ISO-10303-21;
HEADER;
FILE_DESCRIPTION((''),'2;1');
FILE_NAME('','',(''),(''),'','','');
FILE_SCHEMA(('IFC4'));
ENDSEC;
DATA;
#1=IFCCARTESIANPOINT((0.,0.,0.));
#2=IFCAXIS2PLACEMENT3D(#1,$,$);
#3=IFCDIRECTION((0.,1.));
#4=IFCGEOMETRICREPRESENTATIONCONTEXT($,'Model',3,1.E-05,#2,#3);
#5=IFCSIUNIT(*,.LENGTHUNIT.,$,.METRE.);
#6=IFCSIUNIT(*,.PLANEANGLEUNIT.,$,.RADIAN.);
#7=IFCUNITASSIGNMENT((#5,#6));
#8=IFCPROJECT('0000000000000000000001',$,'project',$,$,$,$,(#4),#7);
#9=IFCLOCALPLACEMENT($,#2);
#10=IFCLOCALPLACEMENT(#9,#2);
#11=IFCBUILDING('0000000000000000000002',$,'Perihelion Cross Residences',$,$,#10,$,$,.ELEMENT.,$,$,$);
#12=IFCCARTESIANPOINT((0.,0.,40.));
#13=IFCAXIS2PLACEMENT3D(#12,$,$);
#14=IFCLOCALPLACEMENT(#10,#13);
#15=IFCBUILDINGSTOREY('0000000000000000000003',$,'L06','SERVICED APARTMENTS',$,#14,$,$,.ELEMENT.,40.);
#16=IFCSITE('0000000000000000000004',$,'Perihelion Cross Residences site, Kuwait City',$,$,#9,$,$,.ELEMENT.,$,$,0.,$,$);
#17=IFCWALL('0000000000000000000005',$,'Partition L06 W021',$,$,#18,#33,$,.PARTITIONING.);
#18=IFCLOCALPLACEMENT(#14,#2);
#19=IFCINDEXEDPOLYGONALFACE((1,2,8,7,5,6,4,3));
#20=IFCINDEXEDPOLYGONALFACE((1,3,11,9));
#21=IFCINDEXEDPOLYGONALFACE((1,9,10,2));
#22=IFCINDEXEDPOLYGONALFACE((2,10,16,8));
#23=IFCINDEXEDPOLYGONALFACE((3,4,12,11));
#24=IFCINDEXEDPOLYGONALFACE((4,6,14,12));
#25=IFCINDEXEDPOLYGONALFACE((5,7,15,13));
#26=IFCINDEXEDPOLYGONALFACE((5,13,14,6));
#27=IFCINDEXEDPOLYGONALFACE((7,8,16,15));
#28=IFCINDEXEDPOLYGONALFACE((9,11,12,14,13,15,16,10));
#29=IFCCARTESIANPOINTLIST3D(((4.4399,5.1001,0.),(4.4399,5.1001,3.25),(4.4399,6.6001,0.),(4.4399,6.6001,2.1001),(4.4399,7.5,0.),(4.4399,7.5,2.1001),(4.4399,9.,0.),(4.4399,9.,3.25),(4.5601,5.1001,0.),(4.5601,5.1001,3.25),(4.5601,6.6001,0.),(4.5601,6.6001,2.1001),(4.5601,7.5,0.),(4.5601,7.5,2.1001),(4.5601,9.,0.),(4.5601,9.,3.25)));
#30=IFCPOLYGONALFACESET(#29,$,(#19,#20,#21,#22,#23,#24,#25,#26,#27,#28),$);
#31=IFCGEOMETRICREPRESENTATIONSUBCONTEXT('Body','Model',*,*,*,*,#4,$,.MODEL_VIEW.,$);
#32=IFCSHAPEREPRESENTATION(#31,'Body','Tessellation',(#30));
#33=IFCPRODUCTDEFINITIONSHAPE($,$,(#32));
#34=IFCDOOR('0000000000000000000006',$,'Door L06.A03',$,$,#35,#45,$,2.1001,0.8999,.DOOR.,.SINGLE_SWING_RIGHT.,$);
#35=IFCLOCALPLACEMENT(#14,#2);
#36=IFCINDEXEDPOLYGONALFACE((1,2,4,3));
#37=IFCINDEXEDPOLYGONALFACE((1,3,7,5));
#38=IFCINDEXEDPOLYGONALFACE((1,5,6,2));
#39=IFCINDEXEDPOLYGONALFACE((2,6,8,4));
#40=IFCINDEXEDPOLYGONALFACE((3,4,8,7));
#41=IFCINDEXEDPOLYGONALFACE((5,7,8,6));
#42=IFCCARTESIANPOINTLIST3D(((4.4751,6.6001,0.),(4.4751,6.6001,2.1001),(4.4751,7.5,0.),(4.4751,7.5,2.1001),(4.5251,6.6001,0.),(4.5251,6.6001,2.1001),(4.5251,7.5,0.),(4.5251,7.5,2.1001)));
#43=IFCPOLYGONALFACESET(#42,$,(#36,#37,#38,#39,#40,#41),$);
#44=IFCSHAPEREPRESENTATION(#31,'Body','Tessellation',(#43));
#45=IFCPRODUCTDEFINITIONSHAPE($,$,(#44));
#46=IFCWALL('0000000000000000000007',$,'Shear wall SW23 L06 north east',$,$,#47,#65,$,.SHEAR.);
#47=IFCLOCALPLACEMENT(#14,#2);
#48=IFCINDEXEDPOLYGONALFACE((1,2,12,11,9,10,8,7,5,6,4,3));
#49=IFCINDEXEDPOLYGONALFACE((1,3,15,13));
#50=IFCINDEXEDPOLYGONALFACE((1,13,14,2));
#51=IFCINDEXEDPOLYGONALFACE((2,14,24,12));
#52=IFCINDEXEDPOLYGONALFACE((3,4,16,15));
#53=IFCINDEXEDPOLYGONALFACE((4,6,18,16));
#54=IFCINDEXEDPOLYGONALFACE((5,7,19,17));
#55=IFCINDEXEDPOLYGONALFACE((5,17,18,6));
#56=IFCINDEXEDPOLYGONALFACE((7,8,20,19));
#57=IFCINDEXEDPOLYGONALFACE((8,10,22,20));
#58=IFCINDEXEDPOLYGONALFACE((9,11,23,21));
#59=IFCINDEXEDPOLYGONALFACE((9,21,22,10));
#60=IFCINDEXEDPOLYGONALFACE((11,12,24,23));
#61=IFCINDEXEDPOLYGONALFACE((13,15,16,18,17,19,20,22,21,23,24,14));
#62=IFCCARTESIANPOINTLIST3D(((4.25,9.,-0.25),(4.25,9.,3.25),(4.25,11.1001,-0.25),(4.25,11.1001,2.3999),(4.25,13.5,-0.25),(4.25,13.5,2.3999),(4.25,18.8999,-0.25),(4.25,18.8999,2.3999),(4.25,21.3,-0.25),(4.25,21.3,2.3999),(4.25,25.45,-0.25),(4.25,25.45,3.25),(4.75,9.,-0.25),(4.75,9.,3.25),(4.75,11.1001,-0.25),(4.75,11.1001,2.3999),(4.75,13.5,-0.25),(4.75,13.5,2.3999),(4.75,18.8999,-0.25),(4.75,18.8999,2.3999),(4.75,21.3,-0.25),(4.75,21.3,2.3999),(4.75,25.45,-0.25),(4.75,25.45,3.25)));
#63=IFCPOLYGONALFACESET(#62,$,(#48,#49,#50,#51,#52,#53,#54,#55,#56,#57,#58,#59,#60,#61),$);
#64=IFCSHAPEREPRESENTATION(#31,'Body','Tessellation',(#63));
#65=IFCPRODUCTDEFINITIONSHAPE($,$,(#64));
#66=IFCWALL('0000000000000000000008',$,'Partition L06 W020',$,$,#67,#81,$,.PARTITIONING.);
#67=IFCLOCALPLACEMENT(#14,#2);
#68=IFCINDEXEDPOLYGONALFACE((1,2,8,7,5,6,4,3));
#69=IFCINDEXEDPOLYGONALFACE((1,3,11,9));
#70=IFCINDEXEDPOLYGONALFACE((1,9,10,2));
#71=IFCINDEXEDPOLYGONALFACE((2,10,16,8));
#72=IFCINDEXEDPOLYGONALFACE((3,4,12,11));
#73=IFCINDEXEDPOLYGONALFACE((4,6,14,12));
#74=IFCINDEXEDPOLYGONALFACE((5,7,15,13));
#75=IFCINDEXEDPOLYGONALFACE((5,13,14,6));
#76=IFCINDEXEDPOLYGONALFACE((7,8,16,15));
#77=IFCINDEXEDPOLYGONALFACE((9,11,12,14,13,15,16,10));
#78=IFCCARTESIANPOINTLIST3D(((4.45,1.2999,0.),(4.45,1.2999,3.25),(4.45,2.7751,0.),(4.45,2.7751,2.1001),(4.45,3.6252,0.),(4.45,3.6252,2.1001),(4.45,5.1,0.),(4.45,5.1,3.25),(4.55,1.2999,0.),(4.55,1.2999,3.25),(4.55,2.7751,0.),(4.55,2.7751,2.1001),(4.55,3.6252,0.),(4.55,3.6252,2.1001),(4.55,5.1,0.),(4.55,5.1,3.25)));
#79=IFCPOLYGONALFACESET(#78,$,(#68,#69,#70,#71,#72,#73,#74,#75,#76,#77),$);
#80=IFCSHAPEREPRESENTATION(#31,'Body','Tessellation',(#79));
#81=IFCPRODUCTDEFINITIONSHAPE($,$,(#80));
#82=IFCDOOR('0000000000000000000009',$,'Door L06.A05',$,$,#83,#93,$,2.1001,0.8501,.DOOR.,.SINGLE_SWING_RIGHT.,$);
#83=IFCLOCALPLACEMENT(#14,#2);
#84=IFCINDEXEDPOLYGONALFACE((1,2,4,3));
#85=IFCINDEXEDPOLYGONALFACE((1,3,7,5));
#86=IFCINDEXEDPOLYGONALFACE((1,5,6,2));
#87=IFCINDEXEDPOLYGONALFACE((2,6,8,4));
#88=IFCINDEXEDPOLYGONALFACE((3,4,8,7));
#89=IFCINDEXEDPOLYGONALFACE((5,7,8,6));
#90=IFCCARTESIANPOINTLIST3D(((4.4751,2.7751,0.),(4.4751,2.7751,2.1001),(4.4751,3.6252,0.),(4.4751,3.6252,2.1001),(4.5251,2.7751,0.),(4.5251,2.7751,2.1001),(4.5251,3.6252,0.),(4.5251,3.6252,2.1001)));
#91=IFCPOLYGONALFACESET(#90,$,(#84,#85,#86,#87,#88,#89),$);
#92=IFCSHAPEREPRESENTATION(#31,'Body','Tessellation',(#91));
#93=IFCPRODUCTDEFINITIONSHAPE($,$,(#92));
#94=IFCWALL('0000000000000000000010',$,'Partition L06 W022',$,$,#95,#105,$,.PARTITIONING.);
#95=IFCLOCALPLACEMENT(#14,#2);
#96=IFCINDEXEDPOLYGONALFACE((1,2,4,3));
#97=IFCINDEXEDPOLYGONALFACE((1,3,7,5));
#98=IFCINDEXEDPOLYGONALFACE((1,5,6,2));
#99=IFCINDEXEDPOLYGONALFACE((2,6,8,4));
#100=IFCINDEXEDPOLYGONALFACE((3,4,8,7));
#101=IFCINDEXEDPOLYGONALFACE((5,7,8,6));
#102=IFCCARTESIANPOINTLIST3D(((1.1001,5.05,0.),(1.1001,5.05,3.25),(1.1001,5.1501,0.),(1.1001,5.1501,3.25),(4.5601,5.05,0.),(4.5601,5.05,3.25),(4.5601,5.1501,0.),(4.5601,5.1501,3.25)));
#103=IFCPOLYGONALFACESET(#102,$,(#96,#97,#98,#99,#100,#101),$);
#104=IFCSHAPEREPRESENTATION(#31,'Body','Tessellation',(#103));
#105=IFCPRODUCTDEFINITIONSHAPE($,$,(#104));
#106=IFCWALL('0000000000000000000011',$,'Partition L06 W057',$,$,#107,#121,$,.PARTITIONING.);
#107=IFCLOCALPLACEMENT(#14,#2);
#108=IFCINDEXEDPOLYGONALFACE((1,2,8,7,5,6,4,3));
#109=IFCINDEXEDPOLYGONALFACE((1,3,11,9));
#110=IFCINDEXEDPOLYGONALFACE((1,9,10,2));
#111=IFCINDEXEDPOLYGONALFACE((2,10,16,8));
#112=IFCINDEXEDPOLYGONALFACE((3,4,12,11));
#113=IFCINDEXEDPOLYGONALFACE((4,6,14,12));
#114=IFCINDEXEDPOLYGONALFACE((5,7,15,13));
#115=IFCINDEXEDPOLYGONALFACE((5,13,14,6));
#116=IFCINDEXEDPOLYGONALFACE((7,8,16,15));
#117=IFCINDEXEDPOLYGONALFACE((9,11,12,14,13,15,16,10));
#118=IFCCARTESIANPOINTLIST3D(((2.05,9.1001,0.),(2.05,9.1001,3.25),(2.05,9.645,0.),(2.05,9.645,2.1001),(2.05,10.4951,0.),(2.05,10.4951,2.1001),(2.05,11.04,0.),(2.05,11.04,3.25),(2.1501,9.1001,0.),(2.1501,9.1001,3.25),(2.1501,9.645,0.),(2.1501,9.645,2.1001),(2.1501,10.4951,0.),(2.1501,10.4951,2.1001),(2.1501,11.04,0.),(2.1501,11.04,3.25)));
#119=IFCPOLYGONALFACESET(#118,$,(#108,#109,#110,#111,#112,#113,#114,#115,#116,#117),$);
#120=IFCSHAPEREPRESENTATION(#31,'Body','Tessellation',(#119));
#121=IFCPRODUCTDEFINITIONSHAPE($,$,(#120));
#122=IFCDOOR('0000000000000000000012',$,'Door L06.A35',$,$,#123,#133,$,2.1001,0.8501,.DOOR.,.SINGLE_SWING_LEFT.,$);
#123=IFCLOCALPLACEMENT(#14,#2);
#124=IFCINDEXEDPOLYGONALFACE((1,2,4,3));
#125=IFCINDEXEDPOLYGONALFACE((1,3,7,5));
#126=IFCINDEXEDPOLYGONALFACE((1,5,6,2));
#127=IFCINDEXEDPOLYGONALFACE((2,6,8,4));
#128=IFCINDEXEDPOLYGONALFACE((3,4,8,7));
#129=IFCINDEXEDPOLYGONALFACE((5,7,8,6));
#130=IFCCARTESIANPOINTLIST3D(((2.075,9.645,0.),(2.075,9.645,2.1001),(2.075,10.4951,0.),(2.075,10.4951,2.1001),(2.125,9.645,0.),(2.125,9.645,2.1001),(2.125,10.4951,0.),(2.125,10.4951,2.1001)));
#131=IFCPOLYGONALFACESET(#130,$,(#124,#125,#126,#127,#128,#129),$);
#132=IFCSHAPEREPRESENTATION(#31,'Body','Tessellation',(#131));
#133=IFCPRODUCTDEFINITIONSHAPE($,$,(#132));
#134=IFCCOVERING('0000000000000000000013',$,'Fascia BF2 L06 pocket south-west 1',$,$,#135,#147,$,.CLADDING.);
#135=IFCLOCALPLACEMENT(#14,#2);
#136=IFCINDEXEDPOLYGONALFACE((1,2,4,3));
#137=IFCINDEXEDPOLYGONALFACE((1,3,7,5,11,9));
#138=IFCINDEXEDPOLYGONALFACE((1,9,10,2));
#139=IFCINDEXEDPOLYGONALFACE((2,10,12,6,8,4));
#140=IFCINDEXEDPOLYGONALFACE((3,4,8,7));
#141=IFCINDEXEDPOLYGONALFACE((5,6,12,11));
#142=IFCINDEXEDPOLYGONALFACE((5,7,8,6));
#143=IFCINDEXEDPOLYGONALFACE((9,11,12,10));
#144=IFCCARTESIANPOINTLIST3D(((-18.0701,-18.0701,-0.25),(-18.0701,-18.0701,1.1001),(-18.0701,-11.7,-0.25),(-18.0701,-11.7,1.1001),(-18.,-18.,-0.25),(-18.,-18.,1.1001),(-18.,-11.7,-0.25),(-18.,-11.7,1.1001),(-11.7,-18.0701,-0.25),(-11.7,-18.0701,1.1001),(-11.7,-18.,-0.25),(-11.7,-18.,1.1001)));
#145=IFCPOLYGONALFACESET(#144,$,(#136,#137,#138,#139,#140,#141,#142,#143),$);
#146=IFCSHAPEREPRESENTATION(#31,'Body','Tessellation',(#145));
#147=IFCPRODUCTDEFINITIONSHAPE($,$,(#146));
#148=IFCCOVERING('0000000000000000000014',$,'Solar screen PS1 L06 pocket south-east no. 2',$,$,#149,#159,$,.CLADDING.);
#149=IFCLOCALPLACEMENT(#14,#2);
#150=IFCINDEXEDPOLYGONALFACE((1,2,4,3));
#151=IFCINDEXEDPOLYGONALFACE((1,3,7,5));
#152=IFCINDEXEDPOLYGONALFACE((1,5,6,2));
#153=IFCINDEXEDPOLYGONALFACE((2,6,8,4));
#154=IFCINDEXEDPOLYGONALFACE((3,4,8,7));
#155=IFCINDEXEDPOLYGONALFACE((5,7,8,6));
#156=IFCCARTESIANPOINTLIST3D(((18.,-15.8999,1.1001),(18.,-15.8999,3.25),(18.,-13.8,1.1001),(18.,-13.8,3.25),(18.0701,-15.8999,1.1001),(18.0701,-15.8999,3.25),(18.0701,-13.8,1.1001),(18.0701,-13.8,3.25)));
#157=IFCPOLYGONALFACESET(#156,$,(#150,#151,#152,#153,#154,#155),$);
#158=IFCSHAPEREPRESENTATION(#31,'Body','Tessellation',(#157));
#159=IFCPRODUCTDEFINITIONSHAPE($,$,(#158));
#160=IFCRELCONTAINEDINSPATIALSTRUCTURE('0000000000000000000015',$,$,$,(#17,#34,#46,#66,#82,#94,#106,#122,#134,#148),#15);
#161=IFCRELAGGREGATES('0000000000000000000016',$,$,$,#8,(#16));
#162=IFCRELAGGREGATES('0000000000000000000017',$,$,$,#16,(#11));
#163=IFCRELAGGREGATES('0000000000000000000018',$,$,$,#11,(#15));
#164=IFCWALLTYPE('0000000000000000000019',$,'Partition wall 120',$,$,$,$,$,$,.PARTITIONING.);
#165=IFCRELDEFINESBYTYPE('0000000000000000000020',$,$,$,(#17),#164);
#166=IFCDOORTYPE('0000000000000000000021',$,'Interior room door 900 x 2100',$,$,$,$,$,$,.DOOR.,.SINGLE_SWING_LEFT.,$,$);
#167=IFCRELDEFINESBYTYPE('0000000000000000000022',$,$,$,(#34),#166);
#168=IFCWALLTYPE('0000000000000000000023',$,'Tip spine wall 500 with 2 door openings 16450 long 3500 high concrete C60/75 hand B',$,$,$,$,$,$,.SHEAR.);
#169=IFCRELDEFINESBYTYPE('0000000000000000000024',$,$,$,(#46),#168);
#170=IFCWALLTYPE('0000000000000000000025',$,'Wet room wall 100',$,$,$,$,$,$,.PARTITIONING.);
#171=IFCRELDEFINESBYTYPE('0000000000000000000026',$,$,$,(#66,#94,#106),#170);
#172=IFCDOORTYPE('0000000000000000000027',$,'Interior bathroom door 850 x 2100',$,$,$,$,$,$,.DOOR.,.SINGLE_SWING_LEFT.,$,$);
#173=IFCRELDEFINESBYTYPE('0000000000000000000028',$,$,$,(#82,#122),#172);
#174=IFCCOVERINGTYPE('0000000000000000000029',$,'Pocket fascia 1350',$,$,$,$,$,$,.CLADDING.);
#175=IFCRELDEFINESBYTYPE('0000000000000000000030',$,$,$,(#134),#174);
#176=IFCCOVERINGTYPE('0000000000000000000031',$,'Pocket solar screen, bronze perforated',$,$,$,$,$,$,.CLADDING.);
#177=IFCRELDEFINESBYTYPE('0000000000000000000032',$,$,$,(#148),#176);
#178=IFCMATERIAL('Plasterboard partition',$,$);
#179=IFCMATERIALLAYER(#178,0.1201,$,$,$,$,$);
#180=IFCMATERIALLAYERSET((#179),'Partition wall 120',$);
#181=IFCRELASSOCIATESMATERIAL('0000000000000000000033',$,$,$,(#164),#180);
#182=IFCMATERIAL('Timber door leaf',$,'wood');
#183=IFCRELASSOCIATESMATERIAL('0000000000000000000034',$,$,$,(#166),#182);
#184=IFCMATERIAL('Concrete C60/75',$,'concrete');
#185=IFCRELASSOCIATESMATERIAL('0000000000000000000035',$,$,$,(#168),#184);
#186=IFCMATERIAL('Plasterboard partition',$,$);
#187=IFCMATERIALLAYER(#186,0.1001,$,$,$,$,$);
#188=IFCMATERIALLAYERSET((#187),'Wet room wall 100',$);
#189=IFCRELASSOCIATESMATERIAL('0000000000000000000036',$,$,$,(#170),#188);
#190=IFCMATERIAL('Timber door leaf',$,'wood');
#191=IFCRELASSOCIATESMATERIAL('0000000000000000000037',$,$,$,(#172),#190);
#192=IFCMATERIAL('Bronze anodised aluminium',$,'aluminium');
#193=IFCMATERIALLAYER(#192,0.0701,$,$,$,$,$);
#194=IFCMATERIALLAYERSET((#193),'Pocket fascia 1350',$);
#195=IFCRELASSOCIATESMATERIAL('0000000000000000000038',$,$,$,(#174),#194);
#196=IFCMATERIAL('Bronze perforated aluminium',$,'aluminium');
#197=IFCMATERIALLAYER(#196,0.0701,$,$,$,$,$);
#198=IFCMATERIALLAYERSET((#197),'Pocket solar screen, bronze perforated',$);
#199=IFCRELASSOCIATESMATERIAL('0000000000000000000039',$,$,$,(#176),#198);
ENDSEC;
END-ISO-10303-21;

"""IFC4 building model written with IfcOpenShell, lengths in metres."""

from ifc_helpers import new_model, si_unit, direction, frame, frame_2d, origin, place, context, subcontext, project, spatial, polyline, rectangle, outline, extrude, material, layer, layer_set, material_profile, profile_set, type_object, element, fill, save


model = new_model("IFC4")

# Units and contexts
model_context = context("Model", 3, precision=1e-05, world=origin(), true_north=direction((0.0, 1.0)))
body_context = subcontext(model_context, "Body", "Model", "MODEL_VIEW")
ifc_project = project(units=[si_unit("LENGTHUNIT", "METRE"), si_unit("PLANEANGLEUNIT", "RADIAN")], contexts=[model_context])

# Site, building, storey
site_placement = place(None, origin())
site = spatial("IfcSite", under=ifc_project, at=site_placement, Name="Perihelion Cross Residences site, Kuwait City", CompositionType="ELEMENT", RefElevation=0.0)
building_placement = place(site_placement, origin())
building = spatial("IfcBuilding", under=site, at=building_placement, Name="Perihelion Cross Residences", CompositionType="ELEMENT")
storey_placement = place(building_placement, frame((0.0, 0.0, 40.0)))
storey = spatial("IfcBuildingStorey", under=building, at=storey_placement, Name="L06", Description="SERVICED APARTMENTS", CompositionType="ELEMENT", Elevation=40.0)

# Wall, opening, door
ifc_material_1 = material(Name="Plasterboard partition")
ifc_layer_1 = layer(ifc_material_1, 0.1201)
ifc_layer_set_1 = layer_set([ifc_layer_1], Name="Partition wall 120")
wall_type_1 = type_object("IfcWallType", Name="Partition wall 120", PredefinedType="PARTITIONING", material=ifc_layer_set_1)
wall_1_placement = place(storey_placement, frame((4.5, 5.1001, 0.0), z_axis=(0.0, 0.0, 1.0), x_axis=(0.0, 1.0, 0.0)))
wall_1 = element("IfcWall", 1, at=wall_1_placement, inside=storey, type_object=wall_type_1, Name="Partition L06 W021", PredefinedType="PARTITIONING", context=body_context, shape_type="SweptSolid", body=[
    extrude(rectangle(XDim=3.8999, YDim=0.1201, at=frame_2d((1.95, 0.0))), origin(), (0.0, 0.0, 1.0), 3.25),
])
opening_1_placement = place(wall_1_placement, frame((1.5, 0.0, 0.0)))
opening_1 = element("IfcOpeningElement", 2, at=opening_1_placement, cuts=wall_1, PredefinedType="OPENING", context=body_context, shape_type="SweptSolid", body=[
    extrude(rectangle(XDim=0.8999, YDim=2.1001, at=frame_2d((0.45, 1.05))), frame((0.0, 0.0701, 0.0), z_axis=(0.0, -1.0, 0.0), x_axis=(1.0, 0.0, 0.0)), (0.0, 0.0, 1.0), 0.1401),
])
ifc_material_2 = material(Name="Timber door leaf", Category="wood")
door_type_1 = type_object("IfcDoorType", Name="Interior room door 900 x 2100", OperationType="SINGLE_SWING_LEFT", PredefinedType="DOOR", material=ifc_material_2)
door_1_placement = place(opening_1_placement, origin())
door_1 = element("IfcDoor", 3, at=door_1_placement, inside=storey, type_object=door_type_1, Name="Door L06.A03", OperationType="SINGLE_SWING_RIGHT", OverallHeight=2.1001, OverallWidth=0.8999, PredefinedType="DOOR", context=body_context, shape_type="SweptSolid", body=[
    extrude(rectangle(XDim=0.8999, YDim=2.1001, at=frame_2d((0.45, 1.05))), frame((0.0, 0.0249, 0.0), z_axis=(0.0, -1.0, 0.0), x_axis=(1.0, 0.0, 0.0)), (0.0, 0.0, 1.0), 0.05),
])
fill(opening_1, door_1)

# Wall
ifc_material_3 = material(Name="Concrete C60/75", Category="concrete")
ifc_material_profile_1 = material_profile(ifc_material_3, outline(polyline([(0.0, 0.0), (2.1001, 0.0), (2.1001, 2.6499), (4.5, 2.6499), (4.5, 0.0), (9.8999, 0.0), (9.8999, 2.6499), (12.3, 2.6499), (12.3, 0.0), (16.45, 0.0), (16.45, 3.5), (0.0, 3.5), (0.0, 0.0)])), Name="Tip spine wall")
ifc_profile_set_1 = profile_set([ifc_material_profile_1], Name="Concrete C60/75")
wall_type_2 = type_object("IfcWallType", Name="Tip spine wall 500 with 2 door openings 16450 long 3500 high concrete C60/75 hand B", PredefinedType="SHEAR", material=ifc_profile_set_1)
wall_2_placement = place(storey_placement, frame((4.25, 9.0, -0.25), z_axis=(1.0, 0.0, 0.0), x_axis=(0.0, 1.0, 0.0)))
element("IfcWall", 4, at=wall_2_placement, inside=storey, type_object=wall_type_2, Name="Shear wall SW23 L06 north east", PredefinedType="SHEAR", context=body_context, shape_type="SweptSolid", body=[
    extrude(outline(polyline([(0.0, 0.0), (2.1001, 0.0), (2.1001, 2.6499), (4.5, 2.6499), (4.5, 0.0), (9.8999, 0.0), (9.8999, 2.6499), (12.3, 2.6499), (12.3, 0.0), (16.45, 0.0), (16.45, 3.5), (0.0, 3.5), (0.0, 0.0)])), origin(), (0.0, 0.0, 1.0), 0.5),
])

# Wall, opening, door
ifc_material_4 = material(Name="Plasterboard partition")
ifc_layer_2 = layer(ifc_material_4, 0.1001)
ifc_layer_set_2 = layer_set([ifc_layer_2], Name="Wet room wall 100")
wall_type_3 = type_object("IfcWallType", Name="Wet room wall 100", PredefinedType="PARTITIONING", material=ifc_layer_set_2)
wall_3_placement = place(storey_placement, frame((4.5, 1.3, 0.0), z_axis=(0.0, 0.0, 1.0), x_axis=(0.0, 1.0, 0.0)))
wall_3 = element("IfcWall", 5, at=wall_3_placement, inside=storey, type_object=wall_type_3, Name="Partition L06 W020", PredefinedType="PARTITIONING", context=body_context, shape_type="SweptSolid", body=[
    extrude(rectangle(XDim=3.8, YDim=0.1001, at=frame_2d((1.8999, 0.0))), origin(), (0.0, 0.0, 1.0), 3.25),
])
opening_2_placement = place(wall_3_placement, frame((1.4751, 0.0, 0.0)))
opening_2 = element("IfcOpeningElement", 6, at=opening_2_placement, cuts=wall_3, PredefinedType="OPENING", context=body_context, shape_type="SweptSolid", body=[
    extrude(rectangle(XDim=0.8501, YDim=2.1001, at=frame_2d((0.425, 1.05))), frame((0.0, 0.0601, 0.0), z_axis=(0.0, -1.0, 0.0), x_axis=(1.0, 0.0, 0.0)), (0.0, 0.0, 1.0), 0.1201),
])
ifc_material_5 = material(Name="Timber door leaf", Category="wood")
door_type_2 = type_object("IfcDoorType", Name="Interior bathroom door 850 x 2100", OperationType="SINGLE_SWING_LEFT", PredefinedType="DOOR", material=ifc_material_5)
door_2_placement = place(opening_2_placement, origin())
door_2 = element("IfcDoor", 7, at=door_2_placement, inside=storey, type_object=door_type_2, Name="Door L06.A05", OperationType="SINGLE_SWING_RIGHT", OverallHeight=2.1001, OverallWidth=0.8501, PredefinedType="DOOR", context=body_context, shape_type="SweptSolid", body=[
    extrude(rectangle(XDim=0.8501, YDim=2.1001, at=frame_2d((0.425, 1.05))), frame((0.0, 0.0249, 0.0), z_axis=(0.0, -1.0, 0.0), x_axis=(1.0, 0.0, 0.0)), (0.0, 0.0, 1.0), 0.05),
])
fill(opening_2, door_2)

# Wall
wall_4_placement = place(storey_placement, frame((1.1001, 5.1001, 0.0), z_axis=(0.0, 0.0, 1.0), x_axis=(1.0, 0.0, 0.0)))
element("IfcWall", 8, at=wall_4_placement, inside=storey, type_object=wall_type_3, Name="Partition L06 W022", PredefinedType="PARTITIONING", context=body_context, shape_type="SweptSolid", body=[
    extrude(rectangle(XDim=3.46, YDim=0.1001, at=frame_2d((1.73, 0.0))), origin(), (0.0, 0.0, 1.0), 3.25),
])

# Wall, opening, door
wall_5_placement = place(storey_placement, frame((2.1001, 11.04, 0.0), z_axis=(0.0, 0.0, 1.0), x_axis=(0.0, -1.0, 0.0)))
wall_5 = element("IfcWall", 9, at=wall_5_placement, inside=storey, type_object=wall_type_3, Name="Partition L06 W057", PredefinedType="PARTITIONING", context=body_context, shape_type="SweptSolid", body=[
    extrude(rectangle(XDim=1.9399, YDim=0.1001, at=frame_2d((0.97, 0.0))), origin(), (0.0, 0.0, 1.0), 3.25),
])
opening_3_placement = place(wall_5_placement, frame((0.5449, 0.0, 0.0)))
opening_3 = element("IfcOpeningElement", 10, at=opening_3_placement, cuts=wall_5, PredefinedType="OPENING", context=body_context, shape_type="SweptSolid", body=[
    extrude(rectangle(XDim=0.8501, YDim=2.1001, at=frame_2d((0.425, 1.05))), frame((0.0, 0.0601, 0.0), z_axis=(0.0, -1.0, 0.0), x_axis=(1.0, 0.0, 0.0)), (0.0, 0.0, 1.0), 0.1201),
])
door_3_placement = place(opening_3_placement, origin())
door_3 = element("IfcDoor", 11, at=door_3_placement, inside=storey, type_object=door_type_2, Name="Door L06.A35", OperationType="SINGLE_SWING_LEFT", OverallHeight=2.1001, OverallWidth=0.8501, PredefinedType="DOOR", context=body_context, shape_type="SweptSolid", body=[
    extrude(rectangle(XDim=0.8501, YDim=2.1001, at=frame_2d((0.425, 1.05))), frame((0.0, 0.0249, 0.0), z_axis=(0.0, -1.0, 0.0), x_axis=(1.0, 0.0, 0.0)), (0.0, 0.0, 1.0), 0.05),
])
fill(opening_3, door_3)

# Coverings
ifc_material_6 = material(Name="Bronze anodised aluminium", Category="aluminium")
ifc_layer_3 = layer(ifc_material_6, 0.0701)
ifc_layer_set_3 = layer_set([ifc_layer_3], Name="Pocket fascia 1350")
covering_type_1 = type_object("IfcCoveringType", Name="Pocket fascia 1350", PredefinedType="CLADDING", material=ifc_layer_set_3)
covering_1_placement = place(storey_placement, frame((0.0, 0.0, -0.25)))
element("IfcCovering", 12, at=covering_1_placement, inside=storey, type_object=covering_type_1, Name="Fascia BF2 L06 pocket south-west 1", PredefinedType="CLADDING", context=body_context, shape_type="SweptSolid", body=[
    extrude(outline(polyline([(-18.0701, -11.7), (-18.0701, -18.0701), (-11.7, -18.0701), (-11.7, -18.0), (-18.0, -18.0), (-18.0, -11.7), (-18.0701, -11.7)])), origin(), (0.0, 0.0, 1.0), 1.3501),
])
ifc_material_7 = material(Name="Bronze perforated aluminium", Category="aluminium")
ifc_layer_4 = layer(ifc_material_7, 0.0701)
ifc_layer_set_4 = layer_set([ifc_layer_4], Name="Pocket solar screen, bronze perforated")
covering_type_2 = type_object("IfcCoveringType", Name="Pocket solar screen, bronze perforated", PredefinedType="CLADDING", material=ifc_layer_set_4)
covering_2_placement = place(storey_placement, frame((0.0, 0.0, 1.1001)))
element("IfcCovering", 13, at=covering_2_placement, inside=storey, type_object=covering_type_2, Name="Solar screen PS1 L06 pocket south-east no. 2", PredefinedType="CLADDING", context=body_context, shape_type="SweptSolid", body=[
    extrude(outline(polyline([(18.0701, -15.8999), (18.0701, -13.8), (18.0, -13.8), (18.0, -15.8999), (18.0701, -15.8999)])), origin(), (0.0, 0.0, 1.0), 2.1499),
])

save(model, "model.ifc")
